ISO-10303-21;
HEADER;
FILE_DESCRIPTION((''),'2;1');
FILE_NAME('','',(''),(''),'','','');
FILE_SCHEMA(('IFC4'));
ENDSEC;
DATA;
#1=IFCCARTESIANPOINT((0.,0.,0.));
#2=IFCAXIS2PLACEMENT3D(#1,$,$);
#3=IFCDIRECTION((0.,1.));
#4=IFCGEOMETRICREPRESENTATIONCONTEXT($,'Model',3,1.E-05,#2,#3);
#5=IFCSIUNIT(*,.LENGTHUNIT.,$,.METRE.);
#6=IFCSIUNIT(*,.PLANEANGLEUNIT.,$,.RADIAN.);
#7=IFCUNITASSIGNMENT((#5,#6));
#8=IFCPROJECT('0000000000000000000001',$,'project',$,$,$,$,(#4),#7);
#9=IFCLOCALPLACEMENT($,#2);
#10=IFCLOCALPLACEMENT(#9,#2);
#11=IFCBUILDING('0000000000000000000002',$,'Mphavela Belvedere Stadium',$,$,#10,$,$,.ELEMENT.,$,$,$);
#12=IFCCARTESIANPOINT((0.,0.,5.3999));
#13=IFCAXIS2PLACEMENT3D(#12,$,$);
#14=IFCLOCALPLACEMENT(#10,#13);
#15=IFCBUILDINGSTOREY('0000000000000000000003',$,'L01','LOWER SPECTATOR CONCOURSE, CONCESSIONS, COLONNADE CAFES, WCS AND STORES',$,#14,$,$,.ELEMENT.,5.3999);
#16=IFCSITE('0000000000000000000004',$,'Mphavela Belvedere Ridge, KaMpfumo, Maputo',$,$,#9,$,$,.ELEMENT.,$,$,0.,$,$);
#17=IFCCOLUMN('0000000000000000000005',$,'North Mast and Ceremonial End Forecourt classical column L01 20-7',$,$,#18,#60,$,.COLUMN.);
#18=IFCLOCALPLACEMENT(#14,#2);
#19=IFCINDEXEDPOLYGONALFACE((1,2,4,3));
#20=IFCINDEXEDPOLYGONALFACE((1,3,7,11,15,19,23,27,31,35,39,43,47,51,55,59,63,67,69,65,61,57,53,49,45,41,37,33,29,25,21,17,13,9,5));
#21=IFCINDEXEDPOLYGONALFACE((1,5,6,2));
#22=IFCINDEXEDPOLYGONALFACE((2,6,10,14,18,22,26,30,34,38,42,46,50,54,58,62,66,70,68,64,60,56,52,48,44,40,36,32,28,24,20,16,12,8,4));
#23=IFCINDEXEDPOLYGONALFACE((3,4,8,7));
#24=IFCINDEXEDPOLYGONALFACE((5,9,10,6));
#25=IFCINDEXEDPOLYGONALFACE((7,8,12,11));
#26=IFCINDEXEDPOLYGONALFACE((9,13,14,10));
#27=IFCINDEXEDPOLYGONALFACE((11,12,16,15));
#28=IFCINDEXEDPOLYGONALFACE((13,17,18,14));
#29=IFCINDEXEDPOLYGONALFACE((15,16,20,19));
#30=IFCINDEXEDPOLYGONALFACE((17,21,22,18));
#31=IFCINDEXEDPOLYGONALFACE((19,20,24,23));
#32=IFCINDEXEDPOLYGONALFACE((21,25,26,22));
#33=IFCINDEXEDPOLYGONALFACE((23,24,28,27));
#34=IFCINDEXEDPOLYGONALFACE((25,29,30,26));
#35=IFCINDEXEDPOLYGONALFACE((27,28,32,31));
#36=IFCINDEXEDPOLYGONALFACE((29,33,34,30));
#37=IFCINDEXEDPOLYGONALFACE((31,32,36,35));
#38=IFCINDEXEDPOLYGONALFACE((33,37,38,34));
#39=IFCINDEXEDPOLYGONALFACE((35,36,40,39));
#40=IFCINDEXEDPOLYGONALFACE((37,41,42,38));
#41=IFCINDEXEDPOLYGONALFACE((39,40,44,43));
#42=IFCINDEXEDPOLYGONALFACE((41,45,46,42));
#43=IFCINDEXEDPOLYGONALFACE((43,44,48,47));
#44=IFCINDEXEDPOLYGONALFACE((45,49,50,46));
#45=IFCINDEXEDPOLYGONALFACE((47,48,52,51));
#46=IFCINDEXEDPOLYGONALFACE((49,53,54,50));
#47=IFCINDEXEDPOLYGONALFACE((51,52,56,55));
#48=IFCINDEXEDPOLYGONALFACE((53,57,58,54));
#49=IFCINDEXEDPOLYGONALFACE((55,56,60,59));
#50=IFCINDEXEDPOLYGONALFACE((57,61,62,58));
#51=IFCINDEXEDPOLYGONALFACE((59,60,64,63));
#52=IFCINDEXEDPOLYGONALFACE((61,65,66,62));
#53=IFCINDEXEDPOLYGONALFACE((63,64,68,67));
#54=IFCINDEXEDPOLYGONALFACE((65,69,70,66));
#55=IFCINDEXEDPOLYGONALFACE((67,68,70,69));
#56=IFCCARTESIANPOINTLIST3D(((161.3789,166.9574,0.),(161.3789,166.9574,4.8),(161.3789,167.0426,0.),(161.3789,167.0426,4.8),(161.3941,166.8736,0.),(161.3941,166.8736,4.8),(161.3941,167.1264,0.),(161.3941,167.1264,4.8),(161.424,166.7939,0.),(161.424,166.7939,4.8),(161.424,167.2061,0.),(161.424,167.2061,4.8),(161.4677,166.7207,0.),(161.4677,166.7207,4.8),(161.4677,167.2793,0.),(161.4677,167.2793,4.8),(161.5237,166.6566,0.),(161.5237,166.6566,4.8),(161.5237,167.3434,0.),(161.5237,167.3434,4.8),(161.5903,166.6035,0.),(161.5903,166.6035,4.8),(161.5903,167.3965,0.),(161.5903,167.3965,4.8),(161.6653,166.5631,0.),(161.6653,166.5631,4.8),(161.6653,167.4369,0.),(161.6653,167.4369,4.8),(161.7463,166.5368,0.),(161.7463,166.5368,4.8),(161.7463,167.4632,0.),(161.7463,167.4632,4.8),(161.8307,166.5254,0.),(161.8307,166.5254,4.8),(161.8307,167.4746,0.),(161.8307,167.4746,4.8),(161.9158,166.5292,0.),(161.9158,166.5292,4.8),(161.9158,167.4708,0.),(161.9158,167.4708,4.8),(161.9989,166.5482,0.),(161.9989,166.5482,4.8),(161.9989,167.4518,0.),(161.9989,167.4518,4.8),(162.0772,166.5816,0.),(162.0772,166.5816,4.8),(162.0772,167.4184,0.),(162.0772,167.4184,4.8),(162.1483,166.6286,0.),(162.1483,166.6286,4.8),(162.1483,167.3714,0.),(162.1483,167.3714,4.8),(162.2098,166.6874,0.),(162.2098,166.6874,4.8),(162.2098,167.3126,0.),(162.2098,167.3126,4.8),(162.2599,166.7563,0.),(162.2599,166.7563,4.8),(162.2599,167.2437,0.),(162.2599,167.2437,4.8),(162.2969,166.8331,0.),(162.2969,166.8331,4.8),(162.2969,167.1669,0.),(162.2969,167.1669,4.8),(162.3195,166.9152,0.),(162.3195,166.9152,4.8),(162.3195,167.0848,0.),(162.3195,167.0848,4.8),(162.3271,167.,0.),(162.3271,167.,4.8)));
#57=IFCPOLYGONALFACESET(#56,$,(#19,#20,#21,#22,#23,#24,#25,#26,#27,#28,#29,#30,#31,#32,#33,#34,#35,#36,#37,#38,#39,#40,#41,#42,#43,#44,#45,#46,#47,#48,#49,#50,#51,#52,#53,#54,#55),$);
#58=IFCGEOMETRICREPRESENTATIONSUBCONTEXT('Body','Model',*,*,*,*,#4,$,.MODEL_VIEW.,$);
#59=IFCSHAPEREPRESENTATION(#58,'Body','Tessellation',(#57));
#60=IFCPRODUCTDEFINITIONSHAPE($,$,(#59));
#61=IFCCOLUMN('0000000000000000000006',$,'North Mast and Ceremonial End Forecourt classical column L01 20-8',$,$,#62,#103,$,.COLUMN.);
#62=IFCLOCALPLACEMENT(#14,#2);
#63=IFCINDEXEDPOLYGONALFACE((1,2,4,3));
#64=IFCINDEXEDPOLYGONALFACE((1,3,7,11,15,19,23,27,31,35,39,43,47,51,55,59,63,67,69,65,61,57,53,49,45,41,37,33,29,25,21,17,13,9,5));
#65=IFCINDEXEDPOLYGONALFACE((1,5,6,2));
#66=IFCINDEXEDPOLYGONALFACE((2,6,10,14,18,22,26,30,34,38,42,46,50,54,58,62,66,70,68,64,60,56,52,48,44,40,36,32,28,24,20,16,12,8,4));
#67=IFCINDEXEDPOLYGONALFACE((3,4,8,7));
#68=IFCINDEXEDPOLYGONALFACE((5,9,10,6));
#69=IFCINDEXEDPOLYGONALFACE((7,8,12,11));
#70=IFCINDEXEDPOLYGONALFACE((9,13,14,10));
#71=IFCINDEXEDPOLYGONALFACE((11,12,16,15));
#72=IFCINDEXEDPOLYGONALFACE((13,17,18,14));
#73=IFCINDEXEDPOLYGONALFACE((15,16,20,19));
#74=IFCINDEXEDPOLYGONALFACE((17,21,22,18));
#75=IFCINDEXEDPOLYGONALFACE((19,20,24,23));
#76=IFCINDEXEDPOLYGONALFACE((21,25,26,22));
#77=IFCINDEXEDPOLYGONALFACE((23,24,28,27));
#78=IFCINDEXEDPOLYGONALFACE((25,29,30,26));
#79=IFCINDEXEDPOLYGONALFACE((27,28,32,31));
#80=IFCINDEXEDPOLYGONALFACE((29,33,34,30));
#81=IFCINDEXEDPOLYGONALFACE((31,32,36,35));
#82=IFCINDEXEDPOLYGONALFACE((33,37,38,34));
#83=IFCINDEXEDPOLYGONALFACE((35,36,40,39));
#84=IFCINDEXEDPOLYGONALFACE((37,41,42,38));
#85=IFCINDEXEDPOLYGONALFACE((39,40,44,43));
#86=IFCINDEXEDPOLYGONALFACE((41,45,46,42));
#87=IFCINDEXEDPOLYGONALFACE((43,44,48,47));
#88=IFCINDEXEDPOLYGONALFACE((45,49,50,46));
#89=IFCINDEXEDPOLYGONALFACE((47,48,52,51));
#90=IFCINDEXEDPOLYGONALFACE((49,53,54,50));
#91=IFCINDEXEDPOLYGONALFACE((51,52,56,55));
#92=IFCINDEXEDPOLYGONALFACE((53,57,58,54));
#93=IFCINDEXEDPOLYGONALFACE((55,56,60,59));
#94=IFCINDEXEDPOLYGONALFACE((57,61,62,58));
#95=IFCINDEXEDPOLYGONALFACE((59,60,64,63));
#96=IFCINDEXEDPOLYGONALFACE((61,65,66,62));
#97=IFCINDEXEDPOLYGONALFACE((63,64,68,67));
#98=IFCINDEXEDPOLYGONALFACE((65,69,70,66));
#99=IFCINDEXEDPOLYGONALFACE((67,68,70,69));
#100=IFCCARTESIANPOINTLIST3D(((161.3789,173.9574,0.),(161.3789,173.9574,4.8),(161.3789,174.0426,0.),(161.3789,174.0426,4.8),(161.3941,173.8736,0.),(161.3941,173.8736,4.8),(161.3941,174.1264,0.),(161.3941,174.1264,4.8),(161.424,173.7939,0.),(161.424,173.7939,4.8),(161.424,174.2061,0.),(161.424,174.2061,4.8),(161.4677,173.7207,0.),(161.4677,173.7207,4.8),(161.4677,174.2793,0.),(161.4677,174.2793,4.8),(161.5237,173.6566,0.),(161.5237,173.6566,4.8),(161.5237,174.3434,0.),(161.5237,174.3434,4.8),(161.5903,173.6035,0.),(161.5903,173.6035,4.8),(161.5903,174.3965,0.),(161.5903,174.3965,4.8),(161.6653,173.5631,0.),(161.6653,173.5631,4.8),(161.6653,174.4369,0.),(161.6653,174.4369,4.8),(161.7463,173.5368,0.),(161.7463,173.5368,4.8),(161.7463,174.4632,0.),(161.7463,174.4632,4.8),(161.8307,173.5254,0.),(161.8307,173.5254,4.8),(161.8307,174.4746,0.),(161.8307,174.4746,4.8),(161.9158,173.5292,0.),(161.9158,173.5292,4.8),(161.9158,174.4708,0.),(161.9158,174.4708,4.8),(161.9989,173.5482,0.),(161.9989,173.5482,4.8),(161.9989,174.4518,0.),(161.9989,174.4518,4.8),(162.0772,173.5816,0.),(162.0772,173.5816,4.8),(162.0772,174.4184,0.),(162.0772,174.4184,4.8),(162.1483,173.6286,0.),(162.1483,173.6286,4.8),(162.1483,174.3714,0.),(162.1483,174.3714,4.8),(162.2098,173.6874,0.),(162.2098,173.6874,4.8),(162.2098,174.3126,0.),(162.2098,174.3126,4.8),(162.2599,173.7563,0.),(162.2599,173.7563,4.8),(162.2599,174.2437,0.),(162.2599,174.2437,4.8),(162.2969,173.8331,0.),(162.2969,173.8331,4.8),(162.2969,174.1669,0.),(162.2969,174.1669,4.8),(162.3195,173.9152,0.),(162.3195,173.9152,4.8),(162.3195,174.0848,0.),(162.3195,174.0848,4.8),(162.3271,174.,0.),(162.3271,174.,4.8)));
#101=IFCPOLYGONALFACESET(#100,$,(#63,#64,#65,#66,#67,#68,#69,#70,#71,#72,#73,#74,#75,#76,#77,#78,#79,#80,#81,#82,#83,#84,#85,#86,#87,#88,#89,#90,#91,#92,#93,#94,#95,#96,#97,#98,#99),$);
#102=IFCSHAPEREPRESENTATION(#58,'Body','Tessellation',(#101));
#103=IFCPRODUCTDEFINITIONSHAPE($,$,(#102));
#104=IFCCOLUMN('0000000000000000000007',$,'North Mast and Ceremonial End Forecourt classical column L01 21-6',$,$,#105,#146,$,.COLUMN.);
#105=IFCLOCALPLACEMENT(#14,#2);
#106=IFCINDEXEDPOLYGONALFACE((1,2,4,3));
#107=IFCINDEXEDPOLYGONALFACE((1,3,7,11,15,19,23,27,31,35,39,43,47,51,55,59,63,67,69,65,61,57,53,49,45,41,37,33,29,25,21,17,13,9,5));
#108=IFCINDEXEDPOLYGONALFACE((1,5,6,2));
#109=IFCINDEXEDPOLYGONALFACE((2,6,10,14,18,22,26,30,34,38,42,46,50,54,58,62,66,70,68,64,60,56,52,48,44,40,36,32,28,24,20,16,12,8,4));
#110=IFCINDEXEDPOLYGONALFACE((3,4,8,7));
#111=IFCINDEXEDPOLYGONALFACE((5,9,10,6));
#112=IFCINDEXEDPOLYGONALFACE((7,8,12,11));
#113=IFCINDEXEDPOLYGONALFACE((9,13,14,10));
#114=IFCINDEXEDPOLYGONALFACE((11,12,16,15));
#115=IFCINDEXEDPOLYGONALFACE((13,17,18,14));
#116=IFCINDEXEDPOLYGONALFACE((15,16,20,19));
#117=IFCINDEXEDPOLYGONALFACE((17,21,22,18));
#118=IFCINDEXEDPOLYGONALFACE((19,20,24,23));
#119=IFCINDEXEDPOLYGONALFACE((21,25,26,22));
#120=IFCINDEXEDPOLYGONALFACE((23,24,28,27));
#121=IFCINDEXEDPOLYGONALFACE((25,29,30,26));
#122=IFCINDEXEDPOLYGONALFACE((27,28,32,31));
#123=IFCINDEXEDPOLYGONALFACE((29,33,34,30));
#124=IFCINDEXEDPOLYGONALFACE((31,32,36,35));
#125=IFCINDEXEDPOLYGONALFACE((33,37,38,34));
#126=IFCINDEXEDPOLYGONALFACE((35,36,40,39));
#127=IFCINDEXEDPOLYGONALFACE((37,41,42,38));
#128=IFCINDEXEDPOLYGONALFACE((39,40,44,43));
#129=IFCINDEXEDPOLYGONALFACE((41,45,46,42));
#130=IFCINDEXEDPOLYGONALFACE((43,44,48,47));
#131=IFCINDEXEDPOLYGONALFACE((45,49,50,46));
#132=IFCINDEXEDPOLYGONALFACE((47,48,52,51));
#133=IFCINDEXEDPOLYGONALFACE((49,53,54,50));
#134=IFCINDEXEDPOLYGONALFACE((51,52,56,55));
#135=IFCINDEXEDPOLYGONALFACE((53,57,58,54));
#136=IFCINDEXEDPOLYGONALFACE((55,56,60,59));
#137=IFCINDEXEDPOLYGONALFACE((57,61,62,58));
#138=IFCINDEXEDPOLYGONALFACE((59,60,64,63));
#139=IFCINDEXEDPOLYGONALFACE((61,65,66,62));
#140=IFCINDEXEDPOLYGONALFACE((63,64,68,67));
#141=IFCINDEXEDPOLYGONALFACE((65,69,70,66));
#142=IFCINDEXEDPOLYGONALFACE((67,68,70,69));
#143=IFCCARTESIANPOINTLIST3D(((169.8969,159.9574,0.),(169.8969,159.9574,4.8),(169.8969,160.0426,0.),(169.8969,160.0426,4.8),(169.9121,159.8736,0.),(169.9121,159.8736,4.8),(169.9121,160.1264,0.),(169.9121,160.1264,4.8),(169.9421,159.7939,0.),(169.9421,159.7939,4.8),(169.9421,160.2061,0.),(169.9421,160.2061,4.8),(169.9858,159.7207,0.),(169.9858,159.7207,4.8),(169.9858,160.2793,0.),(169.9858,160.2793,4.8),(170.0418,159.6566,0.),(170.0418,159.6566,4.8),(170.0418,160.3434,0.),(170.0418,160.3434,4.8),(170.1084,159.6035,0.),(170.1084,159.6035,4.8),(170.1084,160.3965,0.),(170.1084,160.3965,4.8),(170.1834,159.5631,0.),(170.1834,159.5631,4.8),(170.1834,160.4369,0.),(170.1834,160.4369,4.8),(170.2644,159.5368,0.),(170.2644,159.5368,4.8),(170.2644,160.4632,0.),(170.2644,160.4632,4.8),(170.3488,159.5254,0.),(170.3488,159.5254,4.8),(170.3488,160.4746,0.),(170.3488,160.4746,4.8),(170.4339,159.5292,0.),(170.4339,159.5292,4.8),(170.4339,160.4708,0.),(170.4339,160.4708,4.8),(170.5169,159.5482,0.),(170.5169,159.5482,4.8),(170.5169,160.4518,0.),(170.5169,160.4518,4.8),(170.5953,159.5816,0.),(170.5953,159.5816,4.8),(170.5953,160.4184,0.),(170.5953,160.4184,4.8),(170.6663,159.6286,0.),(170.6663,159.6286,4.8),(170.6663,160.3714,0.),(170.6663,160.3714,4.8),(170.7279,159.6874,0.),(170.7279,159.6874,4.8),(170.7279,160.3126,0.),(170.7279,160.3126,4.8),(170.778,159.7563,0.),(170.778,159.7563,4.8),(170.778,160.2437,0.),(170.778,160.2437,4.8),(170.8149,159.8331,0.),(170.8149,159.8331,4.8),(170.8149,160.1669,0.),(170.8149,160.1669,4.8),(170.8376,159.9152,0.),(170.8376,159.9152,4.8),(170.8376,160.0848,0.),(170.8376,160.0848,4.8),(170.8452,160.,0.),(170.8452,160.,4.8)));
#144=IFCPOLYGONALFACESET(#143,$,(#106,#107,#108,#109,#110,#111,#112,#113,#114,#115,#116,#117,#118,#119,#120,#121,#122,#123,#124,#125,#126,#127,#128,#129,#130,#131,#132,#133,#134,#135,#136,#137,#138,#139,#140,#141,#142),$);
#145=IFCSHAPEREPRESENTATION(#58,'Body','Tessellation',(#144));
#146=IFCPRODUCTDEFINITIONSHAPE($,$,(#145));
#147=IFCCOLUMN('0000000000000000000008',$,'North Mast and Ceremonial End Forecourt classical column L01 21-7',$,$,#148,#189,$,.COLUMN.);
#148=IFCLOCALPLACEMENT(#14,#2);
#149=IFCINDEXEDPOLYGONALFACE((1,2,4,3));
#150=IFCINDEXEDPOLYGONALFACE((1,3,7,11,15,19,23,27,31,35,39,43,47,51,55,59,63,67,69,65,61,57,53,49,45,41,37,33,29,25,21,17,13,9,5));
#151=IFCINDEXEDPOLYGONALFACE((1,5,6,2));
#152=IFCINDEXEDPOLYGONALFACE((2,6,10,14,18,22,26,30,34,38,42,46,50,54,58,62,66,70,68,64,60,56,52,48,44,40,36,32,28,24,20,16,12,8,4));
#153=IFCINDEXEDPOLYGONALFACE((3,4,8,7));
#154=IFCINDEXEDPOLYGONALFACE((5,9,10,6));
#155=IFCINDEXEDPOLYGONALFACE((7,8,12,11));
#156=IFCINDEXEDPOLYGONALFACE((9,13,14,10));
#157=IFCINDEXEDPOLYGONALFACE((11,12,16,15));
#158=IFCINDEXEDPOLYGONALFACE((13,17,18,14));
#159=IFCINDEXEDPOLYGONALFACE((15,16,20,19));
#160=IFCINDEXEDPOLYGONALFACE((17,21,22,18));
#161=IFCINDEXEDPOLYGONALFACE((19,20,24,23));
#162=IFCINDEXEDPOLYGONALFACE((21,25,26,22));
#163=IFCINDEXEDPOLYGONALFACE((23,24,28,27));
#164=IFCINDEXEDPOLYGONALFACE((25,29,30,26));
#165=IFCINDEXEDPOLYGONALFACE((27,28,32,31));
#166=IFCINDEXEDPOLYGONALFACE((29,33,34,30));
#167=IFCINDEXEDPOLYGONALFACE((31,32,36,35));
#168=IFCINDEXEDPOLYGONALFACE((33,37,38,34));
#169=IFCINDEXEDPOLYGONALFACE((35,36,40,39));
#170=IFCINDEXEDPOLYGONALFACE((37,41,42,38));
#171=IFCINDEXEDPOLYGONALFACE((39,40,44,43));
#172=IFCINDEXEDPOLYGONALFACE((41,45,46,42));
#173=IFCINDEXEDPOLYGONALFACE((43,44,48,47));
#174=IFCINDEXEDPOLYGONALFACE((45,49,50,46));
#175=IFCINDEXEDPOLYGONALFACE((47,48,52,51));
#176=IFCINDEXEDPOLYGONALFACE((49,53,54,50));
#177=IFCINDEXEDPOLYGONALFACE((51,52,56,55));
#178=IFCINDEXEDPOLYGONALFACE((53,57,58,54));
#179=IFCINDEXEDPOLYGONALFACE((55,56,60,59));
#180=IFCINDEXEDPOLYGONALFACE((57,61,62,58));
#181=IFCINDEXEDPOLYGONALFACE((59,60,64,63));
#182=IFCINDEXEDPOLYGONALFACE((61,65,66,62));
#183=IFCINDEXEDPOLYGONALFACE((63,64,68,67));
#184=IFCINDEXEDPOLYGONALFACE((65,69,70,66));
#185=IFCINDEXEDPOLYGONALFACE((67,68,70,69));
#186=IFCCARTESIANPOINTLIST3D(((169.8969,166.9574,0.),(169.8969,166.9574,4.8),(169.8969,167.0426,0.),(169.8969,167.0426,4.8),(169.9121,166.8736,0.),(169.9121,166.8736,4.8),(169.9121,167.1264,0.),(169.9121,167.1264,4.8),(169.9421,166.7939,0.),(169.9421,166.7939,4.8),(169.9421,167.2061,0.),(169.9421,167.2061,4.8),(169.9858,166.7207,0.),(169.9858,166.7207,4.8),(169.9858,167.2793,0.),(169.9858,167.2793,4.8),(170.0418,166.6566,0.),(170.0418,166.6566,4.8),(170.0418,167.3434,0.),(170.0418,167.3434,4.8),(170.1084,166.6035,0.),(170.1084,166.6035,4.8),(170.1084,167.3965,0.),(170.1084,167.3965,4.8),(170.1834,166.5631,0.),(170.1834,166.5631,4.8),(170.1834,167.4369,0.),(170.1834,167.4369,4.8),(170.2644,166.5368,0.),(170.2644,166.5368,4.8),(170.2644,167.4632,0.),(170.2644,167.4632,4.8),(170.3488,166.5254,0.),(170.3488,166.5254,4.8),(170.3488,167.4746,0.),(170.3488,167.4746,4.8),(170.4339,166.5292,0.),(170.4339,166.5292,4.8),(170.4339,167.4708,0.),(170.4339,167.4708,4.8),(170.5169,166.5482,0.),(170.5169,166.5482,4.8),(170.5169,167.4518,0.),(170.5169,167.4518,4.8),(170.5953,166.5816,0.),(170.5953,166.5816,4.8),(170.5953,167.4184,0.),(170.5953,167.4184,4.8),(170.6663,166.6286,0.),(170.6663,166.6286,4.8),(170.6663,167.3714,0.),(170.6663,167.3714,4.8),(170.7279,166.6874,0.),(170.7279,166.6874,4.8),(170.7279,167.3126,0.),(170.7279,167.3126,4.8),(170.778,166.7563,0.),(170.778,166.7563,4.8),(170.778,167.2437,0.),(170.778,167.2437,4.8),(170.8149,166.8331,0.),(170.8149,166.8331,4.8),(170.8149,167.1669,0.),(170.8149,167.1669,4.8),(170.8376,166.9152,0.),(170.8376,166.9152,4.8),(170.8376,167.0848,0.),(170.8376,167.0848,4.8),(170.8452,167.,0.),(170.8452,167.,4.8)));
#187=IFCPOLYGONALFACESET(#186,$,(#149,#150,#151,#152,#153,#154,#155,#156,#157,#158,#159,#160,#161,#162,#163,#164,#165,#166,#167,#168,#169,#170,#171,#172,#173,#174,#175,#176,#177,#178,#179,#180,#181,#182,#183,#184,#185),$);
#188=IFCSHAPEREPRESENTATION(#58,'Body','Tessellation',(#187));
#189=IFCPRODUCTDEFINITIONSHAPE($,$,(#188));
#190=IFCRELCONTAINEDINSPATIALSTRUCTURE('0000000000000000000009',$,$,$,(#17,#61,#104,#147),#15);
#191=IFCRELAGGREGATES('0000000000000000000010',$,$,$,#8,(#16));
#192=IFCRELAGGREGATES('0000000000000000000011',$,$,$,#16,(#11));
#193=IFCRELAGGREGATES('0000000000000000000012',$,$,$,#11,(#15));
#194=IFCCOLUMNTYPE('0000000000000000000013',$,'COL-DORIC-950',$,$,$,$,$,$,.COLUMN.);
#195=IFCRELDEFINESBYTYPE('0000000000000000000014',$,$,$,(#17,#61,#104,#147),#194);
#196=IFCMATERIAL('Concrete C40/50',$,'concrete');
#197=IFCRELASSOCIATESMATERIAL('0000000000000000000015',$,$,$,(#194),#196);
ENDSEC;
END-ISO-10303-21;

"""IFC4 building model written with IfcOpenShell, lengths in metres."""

from ifc_helpers import new_model, si_unit, direction, frame, origin, origin_2d, place, context, subcontext, project, spatial, circle, extrude, material, material_profile, profile_set, type_object, element, save


model = new_model("IFC4")

# Units and contexts
model_context = context("Model", 3, precision=1e-05, world=origin(), true_north=direction((0.0, 1.0)))
body_context = subcontext(model_context, "Body", "Model", "MODEL_VIEW")
ifc_project = project(units=[si_unit("LENGTHUNIT", "METRE"), si_unit("PLANEANGLEUNIT", "RADIAN")], contexts=[model_context])

# Site, building, storey
site_placement = place(None, origin())
site = spatial("IfcSite", under=ifc_project, at=site_placement, Name="Mphavela Belvedere Ridge, KaMpfumo, Maputo", CompositionType="ELEMENT", RefElevation=0.0)
building_placement = place(site_placement, origin())
building = spatial("IfcBuilding", under=site, at=building_placement, Name="Mphavela Belvedere Stadium", CompositionType="ELEMENT")
storey_placement = place(building_placement, frame((0.0, 0.0, 5.3999)))
storey = spatial("IfcBuildingStorey", under=building, at=storey_placement, Name="L01", Description="LOWER SPECTATOR CONCOURSE, CONCESSIONS, COLONNADE CAFES, WCS AND STORES", CompositionType="ELEMENT", Elevation=5.3999)

# Columns
ifc_material_1 = material(Name="Concrete C40/50", Category="concrete")
ifc_material_profile_1 = material_profile(ifc_material_1, circle(Radius=0.4751, at=origin_2d()), Name="COL D950")
ifc_profile_set_1 = profile_set([ifc_material_profile_1], Name="Concrete C40/50")
column_type = type_object("IfcColumnType", Name="COL-DORIC-950", PredefinedType="COLUMN", material=ifc_profile_set_1)
for number, where, z_axis, x_axis, name in (
    (1, (161.8521, 167.0, 0.0), (0.0, 0.0, 1.0), (1.0, 0.0, 0.0), "North Mast and Ceremonial End Forecourt classical column L01 20-7"),
    (2, (161.8521, 174.0, 0.0), (0.0, 0.0, 1.0), (1.0, 0.0, 0.0), "North Mast and Ceremonial End Forecourt classical column L01 20-8"),
    (3, (170.3701, 160.0, 0.0), (0.0, 0.0, 1.0), (1.0, 0.0, 0.0), "North Mast and Ceremonial End Forecourt classical column L01 21-6"),
    (4, (170.3701, 167.0, 0.0), (0.0, 0.0, 1.0), (1.0, 0.0, 0.0), "North Mast and Ceremonial End Forecourt classical column L01 21-7"),
):
    element("IfcColumn", number, at=place(storey_placement, frame(where, z_axis=z_axis, x_axis=x_axis)), inside=storey, type_object=column_type, Name=name, PredefinedType="COLUMN", context=body_context, shape_type="SweptSolid", body=[
        extrude(circle(Radius=0.4751, at=origin_2d()), origin(), (0.0, 0.0, 1.0), 4.8),
    ])

save(model, "model.ifc")
